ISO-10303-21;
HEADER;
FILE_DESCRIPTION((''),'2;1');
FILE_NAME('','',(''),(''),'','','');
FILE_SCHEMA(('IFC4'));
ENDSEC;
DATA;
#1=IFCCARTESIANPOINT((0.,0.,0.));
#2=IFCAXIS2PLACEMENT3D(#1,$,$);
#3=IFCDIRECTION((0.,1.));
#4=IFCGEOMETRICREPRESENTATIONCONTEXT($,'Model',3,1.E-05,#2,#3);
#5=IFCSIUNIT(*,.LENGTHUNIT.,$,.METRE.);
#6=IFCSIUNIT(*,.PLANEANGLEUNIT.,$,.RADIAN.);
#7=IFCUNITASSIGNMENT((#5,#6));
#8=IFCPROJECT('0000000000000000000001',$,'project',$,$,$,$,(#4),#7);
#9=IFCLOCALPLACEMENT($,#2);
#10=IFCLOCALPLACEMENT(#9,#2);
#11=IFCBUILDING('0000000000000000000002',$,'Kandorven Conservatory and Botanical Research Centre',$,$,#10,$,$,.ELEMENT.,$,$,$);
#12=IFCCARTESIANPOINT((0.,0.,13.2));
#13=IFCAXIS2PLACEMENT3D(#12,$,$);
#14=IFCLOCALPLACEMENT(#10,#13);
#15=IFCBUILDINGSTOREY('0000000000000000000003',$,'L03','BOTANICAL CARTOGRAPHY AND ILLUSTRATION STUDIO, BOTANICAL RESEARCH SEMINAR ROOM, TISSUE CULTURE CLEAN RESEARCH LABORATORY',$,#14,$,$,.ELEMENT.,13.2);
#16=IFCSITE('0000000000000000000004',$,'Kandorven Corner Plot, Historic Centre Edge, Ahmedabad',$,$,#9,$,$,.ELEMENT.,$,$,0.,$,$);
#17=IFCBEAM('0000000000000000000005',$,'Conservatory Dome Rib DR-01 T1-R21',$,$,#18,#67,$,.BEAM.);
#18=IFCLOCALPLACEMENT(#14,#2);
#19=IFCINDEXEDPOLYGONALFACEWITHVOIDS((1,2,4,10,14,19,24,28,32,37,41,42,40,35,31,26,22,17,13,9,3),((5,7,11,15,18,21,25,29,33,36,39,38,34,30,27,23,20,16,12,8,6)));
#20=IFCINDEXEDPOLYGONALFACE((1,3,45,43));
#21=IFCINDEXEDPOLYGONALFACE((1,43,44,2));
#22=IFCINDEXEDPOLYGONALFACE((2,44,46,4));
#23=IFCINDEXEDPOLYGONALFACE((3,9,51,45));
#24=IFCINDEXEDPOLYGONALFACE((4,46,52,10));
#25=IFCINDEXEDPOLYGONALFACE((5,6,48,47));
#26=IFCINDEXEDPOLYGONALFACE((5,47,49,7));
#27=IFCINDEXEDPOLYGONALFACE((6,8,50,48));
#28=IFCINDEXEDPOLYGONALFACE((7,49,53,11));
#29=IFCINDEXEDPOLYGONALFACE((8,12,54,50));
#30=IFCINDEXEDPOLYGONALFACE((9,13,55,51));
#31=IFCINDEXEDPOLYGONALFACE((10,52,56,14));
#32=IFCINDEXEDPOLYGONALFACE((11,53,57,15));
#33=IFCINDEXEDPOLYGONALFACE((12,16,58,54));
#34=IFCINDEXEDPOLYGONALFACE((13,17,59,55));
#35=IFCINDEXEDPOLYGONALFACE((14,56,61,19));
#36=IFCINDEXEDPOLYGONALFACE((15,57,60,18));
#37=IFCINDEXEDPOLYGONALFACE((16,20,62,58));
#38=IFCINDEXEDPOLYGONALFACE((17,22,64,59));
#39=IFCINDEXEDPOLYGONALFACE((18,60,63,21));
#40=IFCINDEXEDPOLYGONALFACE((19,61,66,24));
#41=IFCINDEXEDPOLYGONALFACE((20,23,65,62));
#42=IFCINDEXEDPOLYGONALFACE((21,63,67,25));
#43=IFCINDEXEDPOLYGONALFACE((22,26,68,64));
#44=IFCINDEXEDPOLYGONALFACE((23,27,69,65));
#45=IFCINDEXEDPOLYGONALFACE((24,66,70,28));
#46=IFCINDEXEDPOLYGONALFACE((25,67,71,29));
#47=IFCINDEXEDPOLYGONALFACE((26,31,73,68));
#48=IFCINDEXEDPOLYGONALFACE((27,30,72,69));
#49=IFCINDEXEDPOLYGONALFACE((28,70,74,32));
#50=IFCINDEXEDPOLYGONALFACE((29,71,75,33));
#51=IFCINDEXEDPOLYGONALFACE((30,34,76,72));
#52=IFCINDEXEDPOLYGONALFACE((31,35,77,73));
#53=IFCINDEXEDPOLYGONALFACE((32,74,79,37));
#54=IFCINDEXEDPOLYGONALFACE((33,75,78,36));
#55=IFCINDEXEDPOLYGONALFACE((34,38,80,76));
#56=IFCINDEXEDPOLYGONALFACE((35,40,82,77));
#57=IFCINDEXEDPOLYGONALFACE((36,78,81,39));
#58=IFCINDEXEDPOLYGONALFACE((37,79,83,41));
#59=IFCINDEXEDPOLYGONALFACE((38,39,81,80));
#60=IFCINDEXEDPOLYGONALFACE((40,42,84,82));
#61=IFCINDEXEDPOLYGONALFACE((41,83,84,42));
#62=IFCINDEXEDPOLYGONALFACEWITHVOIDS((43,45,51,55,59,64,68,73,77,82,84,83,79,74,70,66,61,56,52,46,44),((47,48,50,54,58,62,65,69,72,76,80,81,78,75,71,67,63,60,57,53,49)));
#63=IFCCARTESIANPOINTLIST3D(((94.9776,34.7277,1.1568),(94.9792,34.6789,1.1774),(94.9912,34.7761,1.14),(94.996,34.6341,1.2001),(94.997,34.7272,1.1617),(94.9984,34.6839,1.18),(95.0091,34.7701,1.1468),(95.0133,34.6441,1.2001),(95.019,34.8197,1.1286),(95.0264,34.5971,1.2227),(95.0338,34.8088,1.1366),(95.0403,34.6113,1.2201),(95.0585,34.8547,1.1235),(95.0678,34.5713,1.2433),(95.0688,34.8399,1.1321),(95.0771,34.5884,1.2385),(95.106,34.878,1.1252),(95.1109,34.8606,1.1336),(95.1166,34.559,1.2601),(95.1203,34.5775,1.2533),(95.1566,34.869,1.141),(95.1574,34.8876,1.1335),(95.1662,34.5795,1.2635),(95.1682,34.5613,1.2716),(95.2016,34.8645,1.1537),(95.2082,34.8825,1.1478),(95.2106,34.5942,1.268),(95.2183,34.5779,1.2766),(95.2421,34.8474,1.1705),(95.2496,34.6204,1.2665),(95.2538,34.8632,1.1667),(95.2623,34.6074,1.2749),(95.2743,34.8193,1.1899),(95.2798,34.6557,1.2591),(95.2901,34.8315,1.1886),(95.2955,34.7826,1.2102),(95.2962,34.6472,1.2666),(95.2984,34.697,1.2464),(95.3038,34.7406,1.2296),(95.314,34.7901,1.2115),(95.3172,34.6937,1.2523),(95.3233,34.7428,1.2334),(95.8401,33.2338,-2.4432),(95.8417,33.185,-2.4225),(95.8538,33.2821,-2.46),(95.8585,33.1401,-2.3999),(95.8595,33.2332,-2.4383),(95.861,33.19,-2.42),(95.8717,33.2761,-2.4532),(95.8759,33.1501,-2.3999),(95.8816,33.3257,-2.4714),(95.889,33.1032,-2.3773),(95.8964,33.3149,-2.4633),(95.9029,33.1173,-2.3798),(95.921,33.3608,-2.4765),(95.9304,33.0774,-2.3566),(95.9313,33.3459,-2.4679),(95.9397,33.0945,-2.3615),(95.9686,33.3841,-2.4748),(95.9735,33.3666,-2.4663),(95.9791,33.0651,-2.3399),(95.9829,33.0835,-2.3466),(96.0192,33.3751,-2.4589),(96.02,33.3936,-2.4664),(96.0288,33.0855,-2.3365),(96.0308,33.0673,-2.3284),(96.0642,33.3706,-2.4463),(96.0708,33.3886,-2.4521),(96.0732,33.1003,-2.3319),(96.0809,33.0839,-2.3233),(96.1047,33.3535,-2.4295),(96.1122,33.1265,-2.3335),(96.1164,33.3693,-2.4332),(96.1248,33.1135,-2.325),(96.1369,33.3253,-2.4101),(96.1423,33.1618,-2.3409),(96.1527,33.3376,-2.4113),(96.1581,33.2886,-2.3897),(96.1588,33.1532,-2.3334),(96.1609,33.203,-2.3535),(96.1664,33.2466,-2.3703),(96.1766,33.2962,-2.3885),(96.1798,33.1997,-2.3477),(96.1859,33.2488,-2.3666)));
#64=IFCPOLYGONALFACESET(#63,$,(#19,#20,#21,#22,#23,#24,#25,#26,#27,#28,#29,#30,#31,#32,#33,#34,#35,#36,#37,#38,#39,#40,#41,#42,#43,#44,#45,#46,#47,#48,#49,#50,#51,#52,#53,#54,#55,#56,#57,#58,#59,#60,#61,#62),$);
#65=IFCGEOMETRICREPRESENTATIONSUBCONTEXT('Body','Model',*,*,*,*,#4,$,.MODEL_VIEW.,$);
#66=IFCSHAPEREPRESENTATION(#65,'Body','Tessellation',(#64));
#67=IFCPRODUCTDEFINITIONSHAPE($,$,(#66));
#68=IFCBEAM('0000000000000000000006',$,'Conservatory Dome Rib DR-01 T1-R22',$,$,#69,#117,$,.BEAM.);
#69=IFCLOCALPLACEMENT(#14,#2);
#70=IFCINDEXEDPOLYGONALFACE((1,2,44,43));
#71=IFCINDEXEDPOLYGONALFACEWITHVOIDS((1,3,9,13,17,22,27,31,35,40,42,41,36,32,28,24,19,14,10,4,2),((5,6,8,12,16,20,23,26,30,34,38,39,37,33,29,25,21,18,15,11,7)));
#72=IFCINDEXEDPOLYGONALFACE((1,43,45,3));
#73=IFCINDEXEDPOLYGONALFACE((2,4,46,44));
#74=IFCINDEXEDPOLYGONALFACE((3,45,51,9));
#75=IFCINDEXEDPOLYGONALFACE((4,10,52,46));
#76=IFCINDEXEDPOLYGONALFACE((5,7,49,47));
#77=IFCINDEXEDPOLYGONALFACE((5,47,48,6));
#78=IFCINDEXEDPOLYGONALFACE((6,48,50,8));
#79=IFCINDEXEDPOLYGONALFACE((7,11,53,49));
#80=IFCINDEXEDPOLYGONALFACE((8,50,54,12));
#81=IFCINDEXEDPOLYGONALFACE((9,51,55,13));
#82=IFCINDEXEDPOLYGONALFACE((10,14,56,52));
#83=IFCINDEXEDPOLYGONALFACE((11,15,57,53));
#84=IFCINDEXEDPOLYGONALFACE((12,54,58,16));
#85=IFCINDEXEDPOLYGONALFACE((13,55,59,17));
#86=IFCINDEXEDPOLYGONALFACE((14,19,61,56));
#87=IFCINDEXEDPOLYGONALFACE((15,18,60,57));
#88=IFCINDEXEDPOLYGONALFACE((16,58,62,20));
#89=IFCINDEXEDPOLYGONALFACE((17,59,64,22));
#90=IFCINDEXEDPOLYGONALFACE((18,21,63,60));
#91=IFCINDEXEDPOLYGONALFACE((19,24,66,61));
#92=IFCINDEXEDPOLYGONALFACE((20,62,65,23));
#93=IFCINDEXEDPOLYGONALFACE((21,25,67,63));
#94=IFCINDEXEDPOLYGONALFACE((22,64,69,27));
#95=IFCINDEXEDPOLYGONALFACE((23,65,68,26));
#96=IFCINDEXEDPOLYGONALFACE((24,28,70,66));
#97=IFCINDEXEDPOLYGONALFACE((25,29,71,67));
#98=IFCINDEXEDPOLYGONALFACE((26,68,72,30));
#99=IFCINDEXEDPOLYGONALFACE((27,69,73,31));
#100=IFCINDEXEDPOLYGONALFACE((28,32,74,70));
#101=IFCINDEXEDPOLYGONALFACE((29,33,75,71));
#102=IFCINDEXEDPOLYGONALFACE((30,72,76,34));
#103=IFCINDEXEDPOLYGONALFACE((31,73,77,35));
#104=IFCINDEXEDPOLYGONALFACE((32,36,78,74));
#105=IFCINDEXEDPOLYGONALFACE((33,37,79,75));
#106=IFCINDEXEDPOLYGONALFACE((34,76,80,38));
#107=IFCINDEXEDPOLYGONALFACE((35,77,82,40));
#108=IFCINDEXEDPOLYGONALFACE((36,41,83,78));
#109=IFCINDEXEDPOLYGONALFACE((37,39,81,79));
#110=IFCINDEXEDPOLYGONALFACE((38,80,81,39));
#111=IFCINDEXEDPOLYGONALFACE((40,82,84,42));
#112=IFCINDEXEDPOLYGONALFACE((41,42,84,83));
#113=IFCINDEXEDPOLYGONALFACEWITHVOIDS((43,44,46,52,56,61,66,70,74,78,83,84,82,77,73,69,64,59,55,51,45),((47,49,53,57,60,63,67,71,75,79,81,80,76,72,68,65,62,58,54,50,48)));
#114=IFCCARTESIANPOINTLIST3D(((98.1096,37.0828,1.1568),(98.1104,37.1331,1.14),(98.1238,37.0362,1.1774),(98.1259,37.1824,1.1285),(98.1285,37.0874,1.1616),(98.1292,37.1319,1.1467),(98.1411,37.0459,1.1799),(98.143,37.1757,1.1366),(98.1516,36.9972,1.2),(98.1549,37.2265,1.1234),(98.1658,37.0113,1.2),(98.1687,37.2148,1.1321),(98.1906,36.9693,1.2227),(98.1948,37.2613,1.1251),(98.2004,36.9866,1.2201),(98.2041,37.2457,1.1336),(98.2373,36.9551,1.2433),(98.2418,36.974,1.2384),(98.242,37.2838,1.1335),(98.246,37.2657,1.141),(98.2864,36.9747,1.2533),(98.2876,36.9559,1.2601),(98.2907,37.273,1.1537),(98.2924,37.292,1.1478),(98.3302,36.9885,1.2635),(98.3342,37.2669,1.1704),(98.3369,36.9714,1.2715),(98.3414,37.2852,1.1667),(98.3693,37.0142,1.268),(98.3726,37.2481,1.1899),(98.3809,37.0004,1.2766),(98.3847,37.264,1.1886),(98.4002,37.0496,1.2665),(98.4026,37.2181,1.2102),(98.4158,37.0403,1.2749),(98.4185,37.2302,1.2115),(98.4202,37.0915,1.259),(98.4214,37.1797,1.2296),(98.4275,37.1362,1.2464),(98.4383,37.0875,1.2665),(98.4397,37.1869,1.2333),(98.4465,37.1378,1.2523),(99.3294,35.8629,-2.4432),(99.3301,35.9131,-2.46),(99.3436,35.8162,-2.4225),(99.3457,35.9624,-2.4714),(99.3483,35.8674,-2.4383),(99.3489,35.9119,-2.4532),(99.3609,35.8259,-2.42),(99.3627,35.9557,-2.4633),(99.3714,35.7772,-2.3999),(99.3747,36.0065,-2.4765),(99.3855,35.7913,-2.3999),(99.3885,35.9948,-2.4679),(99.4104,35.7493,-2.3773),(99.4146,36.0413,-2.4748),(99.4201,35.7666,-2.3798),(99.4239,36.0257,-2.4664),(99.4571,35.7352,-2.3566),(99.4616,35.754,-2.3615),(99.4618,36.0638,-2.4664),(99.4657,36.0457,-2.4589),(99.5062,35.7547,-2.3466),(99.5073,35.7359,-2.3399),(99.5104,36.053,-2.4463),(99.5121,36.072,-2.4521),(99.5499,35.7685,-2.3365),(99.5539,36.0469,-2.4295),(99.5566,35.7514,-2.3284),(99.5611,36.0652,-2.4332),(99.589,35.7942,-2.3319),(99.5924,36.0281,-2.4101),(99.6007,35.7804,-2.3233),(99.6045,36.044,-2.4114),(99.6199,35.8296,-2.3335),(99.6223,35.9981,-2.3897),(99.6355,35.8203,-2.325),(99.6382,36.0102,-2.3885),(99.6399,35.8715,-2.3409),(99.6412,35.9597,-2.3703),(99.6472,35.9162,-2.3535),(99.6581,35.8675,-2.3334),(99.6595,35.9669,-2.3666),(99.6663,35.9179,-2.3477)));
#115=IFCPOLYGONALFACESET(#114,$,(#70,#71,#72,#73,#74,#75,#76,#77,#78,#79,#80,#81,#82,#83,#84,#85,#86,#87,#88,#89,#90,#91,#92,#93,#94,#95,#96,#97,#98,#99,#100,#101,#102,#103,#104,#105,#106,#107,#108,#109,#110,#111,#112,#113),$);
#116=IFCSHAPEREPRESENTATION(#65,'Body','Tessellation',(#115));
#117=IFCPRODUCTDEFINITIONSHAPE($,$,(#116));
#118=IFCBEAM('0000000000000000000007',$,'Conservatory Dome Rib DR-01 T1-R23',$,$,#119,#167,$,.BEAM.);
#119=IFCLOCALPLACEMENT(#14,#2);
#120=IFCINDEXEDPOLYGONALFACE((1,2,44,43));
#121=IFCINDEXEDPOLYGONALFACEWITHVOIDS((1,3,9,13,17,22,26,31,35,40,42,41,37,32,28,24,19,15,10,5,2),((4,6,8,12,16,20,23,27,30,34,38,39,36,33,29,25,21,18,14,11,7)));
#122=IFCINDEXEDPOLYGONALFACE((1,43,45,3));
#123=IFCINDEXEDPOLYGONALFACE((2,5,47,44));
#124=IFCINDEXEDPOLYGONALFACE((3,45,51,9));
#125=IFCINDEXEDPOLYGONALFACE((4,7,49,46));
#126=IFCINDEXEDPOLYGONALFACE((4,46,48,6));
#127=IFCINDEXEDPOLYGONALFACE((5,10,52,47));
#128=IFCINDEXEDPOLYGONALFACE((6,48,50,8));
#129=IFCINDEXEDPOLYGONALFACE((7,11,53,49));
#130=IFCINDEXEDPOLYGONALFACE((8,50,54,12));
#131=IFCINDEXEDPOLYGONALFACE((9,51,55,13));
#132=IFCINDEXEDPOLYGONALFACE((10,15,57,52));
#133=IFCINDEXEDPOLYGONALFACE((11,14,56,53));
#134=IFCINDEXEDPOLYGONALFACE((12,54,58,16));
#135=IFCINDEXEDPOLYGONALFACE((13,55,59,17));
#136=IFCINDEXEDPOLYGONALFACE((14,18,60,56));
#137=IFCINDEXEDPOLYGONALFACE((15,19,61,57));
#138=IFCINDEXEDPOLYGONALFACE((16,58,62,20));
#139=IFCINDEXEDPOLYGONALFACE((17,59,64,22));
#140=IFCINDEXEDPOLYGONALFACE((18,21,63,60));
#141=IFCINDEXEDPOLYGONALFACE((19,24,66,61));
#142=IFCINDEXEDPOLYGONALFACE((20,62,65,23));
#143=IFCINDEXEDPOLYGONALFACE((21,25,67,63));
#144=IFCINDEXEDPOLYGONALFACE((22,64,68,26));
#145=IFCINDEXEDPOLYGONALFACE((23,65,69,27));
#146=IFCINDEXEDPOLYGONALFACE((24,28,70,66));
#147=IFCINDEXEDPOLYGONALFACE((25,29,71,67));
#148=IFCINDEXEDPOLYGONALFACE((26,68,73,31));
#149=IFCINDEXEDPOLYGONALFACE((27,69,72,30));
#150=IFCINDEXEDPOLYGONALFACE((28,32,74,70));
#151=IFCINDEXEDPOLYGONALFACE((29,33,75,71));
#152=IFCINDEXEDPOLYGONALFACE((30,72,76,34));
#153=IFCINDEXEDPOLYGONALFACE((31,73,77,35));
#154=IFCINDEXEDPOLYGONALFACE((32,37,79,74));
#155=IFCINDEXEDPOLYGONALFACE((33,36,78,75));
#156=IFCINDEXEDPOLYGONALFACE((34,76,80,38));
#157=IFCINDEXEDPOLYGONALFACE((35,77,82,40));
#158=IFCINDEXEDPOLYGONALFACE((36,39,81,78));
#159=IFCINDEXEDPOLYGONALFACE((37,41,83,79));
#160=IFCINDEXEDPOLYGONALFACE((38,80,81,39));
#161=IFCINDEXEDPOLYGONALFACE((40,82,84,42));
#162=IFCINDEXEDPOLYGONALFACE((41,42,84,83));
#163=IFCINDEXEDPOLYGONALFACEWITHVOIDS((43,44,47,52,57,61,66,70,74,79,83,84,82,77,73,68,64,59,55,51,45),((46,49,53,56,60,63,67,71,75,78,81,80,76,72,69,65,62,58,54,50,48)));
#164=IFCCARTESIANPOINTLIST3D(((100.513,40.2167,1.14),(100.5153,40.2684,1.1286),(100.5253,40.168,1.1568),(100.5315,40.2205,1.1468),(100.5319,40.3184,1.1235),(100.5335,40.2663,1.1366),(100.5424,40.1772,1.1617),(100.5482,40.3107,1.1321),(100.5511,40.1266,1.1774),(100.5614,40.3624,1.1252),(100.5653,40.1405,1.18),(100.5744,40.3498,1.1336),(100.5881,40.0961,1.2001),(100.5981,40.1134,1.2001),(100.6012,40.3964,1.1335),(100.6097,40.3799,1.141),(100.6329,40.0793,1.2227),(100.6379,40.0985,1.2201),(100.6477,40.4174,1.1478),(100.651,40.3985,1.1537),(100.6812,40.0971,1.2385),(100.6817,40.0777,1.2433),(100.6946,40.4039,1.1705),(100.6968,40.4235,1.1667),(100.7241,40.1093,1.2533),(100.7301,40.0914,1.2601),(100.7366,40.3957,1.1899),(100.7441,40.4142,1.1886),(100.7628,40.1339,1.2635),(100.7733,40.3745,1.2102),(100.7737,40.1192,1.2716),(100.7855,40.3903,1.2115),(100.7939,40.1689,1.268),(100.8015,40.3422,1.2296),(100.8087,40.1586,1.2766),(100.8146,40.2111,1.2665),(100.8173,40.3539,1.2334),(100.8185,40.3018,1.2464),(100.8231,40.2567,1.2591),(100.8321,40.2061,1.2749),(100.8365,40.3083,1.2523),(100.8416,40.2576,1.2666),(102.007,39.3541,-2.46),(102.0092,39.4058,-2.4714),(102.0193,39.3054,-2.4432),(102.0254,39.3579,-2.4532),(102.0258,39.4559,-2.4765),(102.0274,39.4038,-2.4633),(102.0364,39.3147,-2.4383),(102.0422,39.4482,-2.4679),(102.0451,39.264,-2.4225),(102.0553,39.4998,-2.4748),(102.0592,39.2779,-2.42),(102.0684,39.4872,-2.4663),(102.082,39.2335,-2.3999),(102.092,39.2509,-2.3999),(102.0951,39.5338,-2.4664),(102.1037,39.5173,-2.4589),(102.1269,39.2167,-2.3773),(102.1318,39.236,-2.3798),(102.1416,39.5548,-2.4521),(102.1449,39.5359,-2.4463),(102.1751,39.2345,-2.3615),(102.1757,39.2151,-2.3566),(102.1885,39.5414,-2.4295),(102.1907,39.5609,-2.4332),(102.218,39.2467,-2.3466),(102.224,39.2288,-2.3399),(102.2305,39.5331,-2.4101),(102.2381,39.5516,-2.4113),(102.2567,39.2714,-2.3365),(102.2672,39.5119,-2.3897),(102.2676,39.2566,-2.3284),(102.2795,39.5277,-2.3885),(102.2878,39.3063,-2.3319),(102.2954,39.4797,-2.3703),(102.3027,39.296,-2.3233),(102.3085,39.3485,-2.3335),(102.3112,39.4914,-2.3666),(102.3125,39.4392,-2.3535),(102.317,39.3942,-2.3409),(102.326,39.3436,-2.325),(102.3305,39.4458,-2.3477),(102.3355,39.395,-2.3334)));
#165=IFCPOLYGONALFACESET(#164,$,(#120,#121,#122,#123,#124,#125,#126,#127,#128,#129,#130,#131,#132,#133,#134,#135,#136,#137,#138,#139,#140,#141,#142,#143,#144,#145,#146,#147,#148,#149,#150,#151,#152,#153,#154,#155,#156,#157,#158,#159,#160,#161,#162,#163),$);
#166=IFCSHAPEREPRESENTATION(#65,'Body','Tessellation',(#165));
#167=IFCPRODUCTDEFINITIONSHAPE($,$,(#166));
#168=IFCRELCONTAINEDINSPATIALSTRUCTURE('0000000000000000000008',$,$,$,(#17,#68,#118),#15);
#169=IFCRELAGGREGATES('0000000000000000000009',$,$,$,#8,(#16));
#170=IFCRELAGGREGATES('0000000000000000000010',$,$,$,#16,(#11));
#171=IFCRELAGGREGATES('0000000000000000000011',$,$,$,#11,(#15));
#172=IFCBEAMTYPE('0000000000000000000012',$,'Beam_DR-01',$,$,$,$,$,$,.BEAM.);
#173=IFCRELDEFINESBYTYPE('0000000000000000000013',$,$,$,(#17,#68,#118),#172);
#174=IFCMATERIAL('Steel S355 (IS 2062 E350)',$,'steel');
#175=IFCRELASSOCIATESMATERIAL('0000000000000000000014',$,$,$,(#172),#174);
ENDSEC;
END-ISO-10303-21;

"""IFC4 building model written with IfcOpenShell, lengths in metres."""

from ifc_helpers import new_model, si_unit, direction, frame, origin, origin_2d, place, context, subcontext, project, spatial, hollow_circle, extrude, material, material_profile, profile_set, type_object, element, save


model = new_model("IFC4")

# Units and contexts
model_context = context("Model", 3, precision=1e-05, world=origin(), true_north=direction((0.0, 1.0)))
body_context = subcontext(model_context, "Body", "Model", "MODEL_VIEW")
ifc_project = project(units=[si_unit("LENGTHUNIT", "METRE"), si_unit("PLANEANGLEUNIT", "RADIAN")], contexts=[model_context])

# Site, building, storey
site_placement = place(None, origin())
site = spatial("IfcSite", under=ifc_project, at=site_placement, Name="Kandorven Corner Plot, Historic Centre Edge, Ahmedabad", CompositionType="ELEMENT", RefElevation=0.0)
building_placement = place(site_placement, origin())
building = spatial("IfcBuilding", under=site, at=building_placement, Name="Kandorven Conservatory and Botanical Research Centre", CompositionType="ELEMENT")
storey_placement = place(building_placement, frame((0.0, 0.0, 13.2)))
storey = spatial("IfcBuildingStorey", under=building, at=storey_placement, Name="L03", Description="BOTANICAL CARTOGRAPHY AND ILLUSTRATION STUDIO, BOTANICAL RESEARCH SEMINAR ROOM, TISSUE CULTURE CLEAN RESEARCH LABORATORY", CompositionType="ELEMENT", Elevation=13.2)

# Beams
ifc_material_1 = material(Name="Steel S355 (IS 2062 E350)", Category="steel")
ifc_material_profile_1 = material_profile(ifc_material_1, hollow_circle(Radius=0.1777, WallThickness=0.02, at=origin_2d()))
ifc_profile_set_1 = profile_set([ifc_material_profile_1], Name="Steel S355 (IS 2062 E350)")
beam_type_1 = type_object("IfcBeamType", Name="Beam_DR-01", PredefinedType="BEAM", material=ifc_profile_set_1)
for number, where, z_axis, x_axis, name in (
    (1, (96.0125, 33.229, -2.3999), (-0.216079, 0.374239, 0.901807), (-0.866014, -0.500021, 0.0), "Conservatory Dome Rib DR-01 T1-R21"),
    (2, (99.4971, 35.9028, -2.3999), (-0.305553, 0.305614, 0.901797), (-0.707178, -0.707036, 0.0), "Conservatory Dome Rib DR-01 T1-R22"),
    (3, (102.1709, 39.3875, -2.3999), (-0.374239, 0.216079, 0.901807), (-0.500021, -0.866014, 0.0), "Conservatory Dome Rib DR-01 T1-R23"),
):
    element("IfcBeam", number, at=place(storey_placement, frame(where, z_axis=z_axis, x_axis=x_axis)), inside=storey, type_object=beam_type_1, Name=name, PredefinedType="BEAM", context=body_context, shape_type="SweptSolid", body=[
        extrude(hollow_circle(Radius=0.1777, WallThickness=0.02, at=origin_2d()), origin(), (0.0, 0.0, 1.0), 3.9919),
    ])

save(model, "model.ifc")
